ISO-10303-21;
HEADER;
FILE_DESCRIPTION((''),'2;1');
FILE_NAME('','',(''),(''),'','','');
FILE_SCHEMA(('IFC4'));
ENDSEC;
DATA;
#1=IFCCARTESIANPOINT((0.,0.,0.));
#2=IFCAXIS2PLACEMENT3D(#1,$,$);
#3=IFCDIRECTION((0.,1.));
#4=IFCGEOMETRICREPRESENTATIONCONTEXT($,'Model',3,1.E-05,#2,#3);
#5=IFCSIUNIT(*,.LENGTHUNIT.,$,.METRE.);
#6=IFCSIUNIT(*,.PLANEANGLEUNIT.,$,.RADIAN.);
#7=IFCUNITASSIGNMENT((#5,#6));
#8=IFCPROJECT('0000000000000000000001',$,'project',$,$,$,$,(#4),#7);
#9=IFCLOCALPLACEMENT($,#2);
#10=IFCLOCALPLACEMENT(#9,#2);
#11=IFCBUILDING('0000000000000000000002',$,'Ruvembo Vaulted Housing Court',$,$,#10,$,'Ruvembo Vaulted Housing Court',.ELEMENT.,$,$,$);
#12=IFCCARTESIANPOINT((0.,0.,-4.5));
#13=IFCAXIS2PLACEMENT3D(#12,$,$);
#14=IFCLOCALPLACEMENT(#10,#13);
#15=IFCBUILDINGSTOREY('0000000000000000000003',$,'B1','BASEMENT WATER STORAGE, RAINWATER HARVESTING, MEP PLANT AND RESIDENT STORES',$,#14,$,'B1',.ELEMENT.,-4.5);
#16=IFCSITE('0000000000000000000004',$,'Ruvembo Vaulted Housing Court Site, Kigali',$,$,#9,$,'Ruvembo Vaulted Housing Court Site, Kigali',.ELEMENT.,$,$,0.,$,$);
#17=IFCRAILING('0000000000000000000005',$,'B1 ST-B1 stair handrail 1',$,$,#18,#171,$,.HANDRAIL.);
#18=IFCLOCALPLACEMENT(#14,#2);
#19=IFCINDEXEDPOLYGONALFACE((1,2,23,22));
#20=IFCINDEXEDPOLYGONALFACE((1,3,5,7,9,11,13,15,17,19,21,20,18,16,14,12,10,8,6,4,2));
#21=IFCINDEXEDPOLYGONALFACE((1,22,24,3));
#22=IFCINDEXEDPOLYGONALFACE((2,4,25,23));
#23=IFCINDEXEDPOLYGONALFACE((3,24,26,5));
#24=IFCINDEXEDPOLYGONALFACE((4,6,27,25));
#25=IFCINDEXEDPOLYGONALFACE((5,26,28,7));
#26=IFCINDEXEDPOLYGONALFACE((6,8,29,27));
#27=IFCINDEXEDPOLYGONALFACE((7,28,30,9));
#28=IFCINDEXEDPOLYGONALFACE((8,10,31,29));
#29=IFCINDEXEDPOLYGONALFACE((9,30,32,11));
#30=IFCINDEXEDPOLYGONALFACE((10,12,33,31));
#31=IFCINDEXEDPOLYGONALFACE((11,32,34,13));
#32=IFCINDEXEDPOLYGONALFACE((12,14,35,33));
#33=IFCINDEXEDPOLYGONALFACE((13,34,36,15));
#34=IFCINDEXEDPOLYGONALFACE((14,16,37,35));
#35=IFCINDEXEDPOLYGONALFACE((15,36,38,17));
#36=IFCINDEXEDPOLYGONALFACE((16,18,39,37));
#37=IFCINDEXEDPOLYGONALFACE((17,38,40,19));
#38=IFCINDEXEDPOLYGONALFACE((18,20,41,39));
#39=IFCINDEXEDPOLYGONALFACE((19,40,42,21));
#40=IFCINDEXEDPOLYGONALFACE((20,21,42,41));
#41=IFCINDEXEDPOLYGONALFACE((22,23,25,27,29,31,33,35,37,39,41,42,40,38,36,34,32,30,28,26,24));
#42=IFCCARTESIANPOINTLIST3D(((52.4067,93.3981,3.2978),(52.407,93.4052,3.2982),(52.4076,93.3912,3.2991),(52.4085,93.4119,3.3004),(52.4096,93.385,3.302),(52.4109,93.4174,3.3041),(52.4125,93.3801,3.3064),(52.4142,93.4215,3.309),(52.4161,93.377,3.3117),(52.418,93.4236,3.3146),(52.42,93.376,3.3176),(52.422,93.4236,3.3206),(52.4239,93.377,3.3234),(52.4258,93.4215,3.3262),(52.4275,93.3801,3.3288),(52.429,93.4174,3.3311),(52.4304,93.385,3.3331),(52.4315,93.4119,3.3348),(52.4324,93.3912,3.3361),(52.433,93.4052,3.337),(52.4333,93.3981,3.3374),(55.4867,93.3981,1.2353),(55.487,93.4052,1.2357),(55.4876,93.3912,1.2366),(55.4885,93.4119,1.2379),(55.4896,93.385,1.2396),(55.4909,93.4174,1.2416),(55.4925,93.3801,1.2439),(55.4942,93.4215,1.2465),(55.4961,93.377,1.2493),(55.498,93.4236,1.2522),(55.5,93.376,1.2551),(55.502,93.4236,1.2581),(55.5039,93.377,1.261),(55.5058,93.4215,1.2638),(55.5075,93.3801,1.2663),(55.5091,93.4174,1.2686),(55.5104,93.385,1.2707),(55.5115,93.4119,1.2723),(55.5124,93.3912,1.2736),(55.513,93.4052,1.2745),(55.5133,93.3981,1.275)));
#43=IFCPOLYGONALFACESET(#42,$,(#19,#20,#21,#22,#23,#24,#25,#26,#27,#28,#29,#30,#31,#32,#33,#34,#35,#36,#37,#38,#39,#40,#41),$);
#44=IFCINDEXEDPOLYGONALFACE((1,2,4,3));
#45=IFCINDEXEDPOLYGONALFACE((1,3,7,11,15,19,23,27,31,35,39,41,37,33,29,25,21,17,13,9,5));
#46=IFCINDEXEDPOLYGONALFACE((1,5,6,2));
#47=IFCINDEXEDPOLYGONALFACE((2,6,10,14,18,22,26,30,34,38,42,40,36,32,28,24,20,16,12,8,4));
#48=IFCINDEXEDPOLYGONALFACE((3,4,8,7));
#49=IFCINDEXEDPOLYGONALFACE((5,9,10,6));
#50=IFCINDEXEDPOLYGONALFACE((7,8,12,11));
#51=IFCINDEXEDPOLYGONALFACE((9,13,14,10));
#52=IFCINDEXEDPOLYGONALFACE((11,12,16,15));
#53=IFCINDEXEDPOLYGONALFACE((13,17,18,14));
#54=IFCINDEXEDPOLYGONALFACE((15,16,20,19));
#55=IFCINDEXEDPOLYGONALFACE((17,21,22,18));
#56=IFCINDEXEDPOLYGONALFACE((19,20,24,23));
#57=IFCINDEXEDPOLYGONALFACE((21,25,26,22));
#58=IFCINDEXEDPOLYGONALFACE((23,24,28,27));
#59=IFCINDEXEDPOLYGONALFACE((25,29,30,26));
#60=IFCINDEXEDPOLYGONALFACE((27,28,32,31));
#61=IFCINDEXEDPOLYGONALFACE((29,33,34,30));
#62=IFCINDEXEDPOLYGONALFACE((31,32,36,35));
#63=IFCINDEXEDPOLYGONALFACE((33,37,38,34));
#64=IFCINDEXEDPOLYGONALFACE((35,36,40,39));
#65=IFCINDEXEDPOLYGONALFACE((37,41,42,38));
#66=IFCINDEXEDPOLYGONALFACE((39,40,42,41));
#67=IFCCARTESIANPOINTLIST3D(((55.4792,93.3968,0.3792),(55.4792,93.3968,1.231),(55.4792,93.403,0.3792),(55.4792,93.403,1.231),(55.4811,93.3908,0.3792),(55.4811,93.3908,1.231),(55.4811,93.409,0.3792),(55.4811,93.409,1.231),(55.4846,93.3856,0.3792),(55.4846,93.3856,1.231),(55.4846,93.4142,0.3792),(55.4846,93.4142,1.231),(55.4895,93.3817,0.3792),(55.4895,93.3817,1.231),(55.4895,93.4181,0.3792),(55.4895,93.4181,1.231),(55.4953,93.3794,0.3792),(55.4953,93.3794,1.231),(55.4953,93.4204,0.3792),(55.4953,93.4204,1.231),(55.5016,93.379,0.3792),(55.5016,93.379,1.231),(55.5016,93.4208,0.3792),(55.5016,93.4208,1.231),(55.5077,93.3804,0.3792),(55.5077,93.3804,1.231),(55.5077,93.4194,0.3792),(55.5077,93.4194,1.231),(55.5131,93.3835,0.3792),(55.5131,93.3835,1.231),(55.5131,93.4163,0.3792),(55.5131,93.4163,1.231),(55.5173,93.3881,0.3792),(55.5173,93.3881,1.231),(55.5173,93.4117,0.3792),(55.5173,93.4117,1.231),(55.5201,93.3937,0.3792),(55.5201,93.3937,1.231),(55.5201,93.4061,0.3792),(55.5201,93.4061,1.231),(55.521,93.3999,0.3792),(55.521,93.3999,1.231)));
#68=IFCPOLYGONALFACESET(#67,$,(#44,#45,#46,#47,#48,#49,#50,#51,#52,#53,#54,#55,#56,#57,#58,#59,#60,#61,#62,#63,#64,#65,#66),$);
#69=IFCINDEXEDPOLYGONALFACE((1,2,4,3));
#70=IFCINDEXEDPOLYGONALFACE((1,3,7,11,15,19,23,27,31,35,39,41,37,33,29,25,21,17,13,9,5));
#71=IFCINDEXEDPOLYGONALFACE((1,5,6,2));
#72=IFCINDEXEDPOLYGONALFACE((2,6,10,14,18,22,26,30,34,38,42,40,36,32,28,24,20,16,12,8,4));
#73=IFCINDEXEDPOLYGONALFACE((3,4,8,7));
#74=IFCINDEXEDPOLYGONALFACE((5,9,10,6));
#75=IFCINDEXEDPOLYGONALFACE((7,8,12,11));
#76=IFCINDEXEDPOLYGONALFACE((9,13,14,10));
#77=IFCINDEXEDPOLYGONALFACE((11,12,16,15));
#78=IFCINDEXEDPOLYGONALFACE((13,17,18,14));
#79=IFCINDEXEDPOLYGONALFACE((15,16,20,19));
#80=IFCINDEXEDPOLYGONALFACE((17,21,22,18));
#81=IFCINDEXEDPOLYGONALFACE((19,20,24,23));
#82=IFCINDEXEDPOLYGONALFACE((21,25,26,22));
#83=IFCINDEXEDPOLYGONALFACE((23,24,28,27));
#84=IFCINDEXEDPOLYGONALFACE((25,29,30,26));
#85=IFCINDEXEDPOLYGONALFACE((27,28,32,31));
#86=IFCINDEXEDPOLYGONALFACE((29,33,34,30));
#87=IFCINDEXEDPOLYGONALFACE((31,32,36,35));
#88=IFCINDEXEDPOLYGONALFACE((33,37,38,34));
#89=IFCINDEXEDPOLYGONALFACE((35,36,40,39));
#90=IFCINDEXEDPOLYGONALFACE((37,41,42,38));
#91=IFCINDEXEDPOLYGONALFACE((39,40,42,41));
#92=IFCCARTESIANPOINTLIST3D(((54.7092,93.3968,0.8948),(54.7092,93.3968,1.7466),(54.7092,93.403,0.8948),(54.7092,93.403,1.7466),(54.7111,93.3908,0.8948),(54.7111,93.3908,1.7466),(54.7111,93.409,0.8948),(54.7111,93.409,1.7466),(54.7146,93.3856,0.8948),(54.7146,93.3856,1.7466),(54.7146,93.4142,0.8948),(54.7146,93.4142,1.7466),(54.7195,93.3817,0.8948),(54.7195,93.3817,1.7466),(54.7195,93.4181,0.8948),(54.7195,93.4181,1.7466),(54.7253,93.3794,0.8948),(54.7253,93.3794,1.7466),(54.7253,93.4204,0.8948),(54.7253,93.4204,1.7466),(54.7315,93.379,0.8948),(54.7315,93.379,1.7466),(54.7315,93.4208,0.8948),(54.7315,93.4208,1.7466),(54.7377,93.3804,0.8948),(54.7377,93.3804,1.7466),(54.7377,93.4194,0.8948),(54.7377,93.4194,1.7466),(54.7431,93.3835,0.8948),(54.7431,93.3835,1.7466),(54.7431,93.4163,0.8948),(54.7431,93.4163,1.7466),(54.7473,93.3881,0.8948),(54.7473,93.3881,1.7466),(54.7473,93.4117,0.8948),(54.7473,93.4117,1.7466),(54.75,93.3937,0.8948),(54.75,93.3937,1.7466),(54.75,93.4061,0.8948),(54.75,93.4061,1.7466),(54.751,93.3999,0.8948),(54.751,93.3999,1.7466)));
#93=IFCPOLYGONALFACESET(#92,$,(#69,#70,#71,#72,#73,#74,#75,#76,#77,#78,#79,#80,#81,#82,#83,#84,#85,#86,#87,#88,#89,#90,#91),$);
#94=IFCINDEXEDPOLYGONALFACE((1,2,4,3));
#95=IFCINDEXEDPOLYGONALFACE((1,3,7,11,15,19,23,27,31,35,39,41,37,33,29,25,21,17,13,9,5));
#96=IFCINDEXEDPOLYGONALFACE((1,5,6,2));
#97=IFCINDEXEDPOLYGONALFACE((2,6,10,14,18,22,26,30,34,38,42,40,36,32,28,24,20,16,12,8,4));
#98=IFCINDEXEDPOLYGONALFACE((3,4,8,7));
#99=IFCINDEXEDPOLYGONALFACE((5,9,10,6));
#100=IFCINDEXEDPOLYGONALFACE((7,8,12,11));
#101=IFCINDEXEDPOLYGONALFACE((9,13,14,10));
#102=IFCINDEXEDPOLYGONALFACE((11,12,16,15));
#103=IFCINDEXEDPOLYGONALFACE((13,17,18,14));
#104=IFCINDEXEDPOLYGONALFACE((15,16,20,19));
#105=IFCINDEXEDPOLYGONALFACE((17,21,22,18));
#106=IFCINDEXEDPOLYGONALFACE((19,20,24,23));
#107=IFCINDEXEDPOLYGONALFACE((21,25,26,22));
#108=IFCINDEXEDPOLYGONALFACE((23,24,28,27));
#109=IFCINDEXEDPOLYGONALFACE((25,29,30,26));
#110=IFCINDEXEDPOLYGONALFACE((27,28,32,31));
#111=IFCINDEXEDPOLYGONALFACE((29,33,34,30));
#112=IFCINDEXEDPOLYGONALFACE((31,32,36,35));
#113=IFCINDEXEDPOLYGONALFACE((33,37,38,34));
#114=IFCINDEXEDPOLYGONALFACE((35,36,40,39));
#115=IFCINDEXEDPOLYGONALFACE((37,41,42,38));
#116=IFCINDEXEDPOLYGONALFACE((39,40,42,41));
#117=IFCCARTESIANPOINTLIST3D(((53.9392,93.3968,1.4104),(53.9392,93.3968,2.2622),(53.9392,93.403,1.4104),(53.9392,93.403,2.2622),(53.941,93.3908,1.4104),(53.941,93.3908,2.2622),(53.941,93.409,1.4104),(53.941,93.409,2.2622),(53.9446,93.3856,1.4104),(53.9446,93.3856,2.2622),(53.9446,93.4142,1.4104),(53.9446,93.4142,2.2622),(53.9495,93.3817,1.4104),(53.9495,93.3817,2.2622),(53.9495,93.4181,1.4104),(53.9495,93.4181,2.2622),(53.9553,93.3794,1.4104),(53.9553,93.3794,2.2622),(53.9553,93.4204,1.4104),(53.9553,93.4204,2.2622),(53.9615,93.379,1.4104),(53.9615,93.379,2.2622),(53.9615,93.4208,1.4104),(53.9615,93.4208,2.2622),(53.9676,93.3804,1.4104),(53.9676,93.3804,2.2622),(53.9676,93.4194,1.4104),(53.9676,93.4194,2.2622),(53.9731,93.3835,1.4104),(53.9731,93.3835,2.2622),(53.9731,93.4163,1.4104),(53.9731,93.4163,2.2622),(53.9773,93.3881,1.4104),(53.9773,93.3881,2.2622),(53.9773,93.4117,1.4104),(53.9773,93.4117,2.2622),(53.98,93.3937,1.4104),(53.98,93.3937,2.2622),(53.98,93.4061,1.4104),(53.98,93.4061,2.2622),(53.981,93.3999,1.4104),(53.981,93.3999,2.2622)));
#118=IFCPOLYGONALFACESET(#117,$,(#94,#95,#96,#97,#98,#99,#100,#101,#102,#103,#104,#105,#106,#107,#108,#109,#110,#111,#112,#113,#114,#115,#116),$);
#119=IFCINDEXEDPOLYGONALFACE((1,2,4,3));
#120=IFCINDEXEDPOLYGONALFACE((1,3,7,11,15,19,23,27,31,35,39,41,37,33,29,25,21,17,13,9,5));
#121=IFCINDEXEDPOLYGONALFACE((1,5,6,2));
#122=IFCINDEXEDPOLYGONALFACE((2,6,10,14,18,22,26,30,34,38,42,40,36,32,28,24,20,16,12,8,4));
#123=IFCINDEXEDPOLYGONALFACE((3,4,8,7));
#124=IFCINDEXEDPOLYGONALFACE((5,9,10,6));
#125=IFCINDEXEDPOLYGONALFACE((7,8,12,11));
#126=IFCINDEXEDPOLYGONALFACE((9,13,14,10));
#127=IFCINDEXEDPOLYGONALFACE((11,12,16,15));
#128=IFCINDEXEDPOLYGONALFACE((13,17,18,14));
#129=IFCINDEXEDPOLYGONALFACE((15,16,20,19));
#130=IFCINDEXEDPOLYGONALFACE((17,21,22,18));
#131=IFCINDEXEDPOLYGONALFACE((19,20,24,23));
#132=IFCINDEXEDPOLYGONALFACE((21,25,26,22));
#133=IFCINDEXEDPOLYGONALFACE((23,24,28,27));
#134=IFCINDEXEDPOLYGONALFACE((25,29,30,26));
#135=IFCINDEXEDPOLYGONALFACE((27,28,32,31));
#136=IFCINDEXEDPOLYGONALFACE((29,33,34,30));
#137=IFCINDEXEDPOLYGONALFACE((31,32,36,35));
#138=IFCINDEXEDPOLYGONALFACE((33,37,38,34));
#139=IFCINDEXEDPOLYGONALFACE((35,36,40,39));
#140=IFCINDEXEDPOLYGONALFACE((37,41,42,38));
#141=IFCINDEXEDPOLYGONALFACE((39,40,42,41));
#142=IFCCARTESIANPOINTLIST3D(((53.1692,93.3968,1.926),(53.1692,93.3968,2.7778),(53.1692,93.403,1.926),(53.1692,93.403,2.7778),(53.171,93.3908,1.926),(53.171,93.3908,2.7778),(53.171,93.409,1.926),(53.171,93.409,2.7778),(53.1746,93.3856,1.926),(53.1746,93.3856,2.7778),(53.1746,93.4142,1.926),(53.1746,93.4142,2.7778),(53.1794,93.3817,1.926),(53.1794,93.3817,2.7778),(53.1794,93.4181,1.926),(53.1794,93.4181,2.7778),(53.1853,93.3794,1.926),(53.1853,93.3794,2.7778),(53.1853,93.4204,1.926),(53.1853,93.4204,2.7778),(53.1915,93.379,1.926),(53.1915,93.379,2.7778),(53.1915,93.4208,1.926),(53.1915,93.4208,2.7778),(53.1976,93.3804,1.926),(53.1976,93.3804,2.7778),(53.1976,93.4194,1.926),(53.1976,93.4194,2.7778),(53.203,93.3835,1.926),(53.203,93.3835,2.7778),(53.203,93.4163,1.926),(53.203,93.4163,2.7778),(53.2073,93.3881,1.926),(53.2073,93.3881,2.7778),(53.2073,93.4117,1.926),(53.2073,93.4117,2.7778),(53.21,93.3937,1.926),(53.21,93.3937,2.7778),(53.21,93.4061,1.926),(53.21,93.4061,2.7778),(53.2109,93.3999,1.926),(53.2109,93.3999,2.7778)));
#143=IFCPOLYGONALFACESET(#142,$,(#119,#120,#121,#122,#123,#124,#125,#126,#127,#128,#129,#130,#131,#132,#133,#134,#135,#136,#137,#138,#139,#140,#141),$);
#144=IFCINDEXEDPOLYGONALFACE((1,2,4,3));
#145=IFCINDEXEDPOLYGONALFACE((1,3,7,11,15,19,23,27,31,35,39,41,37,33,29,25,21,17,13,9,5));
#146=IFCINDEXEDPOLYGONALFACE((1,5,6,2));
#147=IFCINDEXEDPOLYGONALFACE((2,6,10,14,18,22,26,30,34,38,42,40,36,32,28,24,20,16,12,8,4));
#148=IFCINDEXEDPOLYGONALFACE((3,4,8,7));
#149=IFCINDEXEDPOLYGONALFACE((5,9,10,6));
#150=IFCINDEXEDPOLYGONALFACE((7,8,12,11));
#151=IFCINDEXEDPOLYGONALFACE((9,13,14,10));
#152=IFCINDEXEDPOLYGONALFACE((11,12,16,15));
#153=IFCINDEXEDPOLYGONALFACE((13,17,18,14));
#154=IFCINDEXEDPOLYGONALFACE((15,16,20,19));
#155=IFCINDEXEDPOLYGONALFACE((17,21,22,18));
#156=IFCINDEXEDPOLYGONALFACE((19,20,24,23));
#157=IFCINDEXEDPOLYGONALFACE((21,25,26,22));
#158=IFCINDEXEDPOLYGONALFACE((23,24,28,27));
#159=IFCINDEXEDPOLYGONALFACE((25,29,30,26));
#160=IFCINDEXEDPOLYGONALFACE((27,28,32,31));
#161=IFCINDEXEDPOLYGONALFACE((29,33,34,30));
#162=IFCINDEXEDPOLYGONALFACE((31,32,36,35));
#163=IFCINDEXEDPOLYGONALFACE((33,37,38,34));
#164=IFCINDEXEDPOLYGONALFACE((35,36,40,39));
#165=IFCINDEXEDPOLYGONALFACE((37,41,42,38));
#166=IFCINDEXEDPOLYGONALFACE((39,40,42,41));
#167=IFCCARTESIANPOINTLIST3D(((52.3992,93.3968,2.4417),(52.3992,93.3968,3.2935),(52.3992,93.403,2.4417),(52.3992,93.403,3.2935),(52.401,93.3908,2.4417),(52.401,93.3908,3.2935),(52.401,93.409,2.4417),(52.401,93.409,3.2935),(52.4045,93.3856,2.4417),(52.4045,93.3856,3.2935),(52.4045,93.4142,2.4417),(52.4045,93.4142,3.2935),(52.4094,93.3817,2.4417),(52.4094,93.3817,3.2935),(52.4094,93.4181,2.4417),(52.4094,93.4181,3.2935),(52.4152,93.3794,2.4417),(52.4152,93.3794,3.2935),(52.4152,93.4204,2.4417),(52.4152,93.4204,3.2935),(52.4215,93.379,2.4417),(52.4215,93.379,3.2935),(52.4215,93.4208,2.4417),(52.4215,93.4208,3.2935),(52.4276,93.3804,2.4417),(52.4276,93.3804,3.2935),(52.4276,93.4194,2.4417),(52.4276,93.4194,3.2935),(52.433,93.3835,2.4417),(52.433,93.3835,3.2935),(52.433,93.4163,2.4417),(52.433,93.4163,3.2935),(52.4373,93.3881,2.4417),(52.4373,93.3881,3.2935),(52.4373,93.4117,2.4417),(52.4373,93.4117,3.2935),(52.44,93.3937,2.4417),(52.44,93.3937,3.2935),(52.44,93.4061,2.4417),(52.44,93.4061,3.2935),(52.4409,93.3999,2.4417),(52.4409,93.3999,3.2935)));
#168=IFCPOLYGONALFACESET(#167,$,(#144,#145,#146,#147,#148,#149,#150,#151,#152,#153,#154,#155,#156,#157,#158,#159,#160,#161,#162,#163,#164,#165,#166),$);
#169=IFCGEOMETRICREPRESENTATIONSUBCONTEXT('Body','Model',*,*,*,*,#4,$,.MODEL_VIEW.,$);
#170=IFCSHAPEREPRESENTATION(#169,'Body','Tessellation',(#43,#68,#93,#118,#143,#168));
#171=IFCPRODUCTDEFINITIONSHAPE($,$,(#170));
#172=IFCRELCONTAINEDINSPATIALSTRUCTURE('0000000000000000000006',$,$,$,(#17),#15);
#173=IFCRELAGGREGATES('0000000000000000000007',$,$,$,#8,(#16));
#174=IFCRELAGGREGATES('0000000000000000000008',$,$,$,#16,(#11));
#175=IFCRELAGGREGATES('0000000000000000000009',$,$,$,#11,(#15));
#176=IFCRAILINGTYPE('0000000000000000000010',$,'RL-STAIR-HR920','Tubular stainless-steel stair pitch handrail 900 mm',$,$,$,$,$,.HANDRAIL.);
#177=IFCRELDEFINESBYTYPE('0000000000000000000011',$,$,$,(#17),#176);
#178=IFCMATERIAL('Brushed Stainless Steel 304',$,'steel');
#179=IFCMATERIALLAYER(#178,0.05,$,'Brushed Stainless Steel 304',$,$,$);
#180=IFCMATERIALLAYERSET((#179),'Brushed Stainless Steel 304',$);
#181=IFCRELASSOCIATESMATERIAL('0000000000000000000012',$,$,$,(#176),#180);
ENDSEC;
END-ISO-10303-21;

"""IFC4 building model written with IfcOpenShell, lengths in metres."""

from ifc_helpers import new_model, si_unit, direction, frame, origin, origin_2d, place, context, subcontext, project, spatial, circle, extrude, material, layer, layer_set, type_object, element, save


model = new_model("IFC4")

# Units and contexts
model_context = context("Model", 3, precision=1e-05, world=origin(), true_north=direction((0.0, 1.0)))
body_context = subcontext(model_context, "Body", "Model", "MODEL_VIEW")
ifc_project = project(units=[si_unit("LENGTHUNIT", "METRE"), si_unit("PLANEANGLEUNIT", "RADIAN")], contexts=[model_context])

# Site, building, storey
site_placement = place(None, origin())
site = spatial("IfcSite", under=ifc_project, at=site_placement, Name="Ruvembo Vaulted Housing Court Site, Kigali", LongName="Ruvembo Vaulted Housing Court Site, Kigali", CompositionType="ELEMENT", RefElevation=0.0)
building_placement = place(site_placement, origin())
building = spatial("IfcBuilding", under=site, at=building_placement, Name="Ruvembo Vaulted Housing Court", LongName="Ruvembo Vaulted Housing Court", CompositionType="ELEMENT")
storey_placement = place(building_placement, frame((0.0, 0.0, -4.5)))
storey = spatial("IfcBuildingStorey", under=building, at=storey_placement, Name="B1", Description="BASEMENT WATER STORAGE, RAINWATER HARVESTING, MEP PLANT AND RESIDENT STORES", LongName="B1", CompositionType="ELEMENT", Elevation=-4.5)

# Shared definitions
ifc_material_1 = material(Name="Brushed Stainless Steel 304", Category="steel")

# Railing
ifc_layer_1 = layer(ifc_material_1, 0.05, Name="Brushed Stainless Steel 304")
ifc_layer_set_1 = layer_set([ifc_layer_1], Name="Brushed Stainless Steel 304")
railing_type_1 = type_object("IfcRailingType", Name="RL-STAIR-HR920", Description="Tubular stainless-steel stair pitch handrail 900 mm", PredefinedType="HANDRAIL", material=ifc_layer_set_1)
railing_1_placement = place(storey_placement, frame((55.5, 93.3999, 0.3792)))
element("IfcRailing", 1, at=railing_1_placement, inside=storey, type_object=railing_type_1, Name="B1 ST-B1 stair handrail 1", PredefinedType="HANDRAIL", context=body_context, shape_type="SweptSolid", body=[
    extrude(circle(Radius=0.0239, at=origin_2d()), frame((0.0, 0.0, 0.876), z_axis=(-0.830914, 0.0, 0.556401), x_axis=(0.0, -1.0, 0.0)), (0.0, 0.0, 1.0), 3.7068),
    extrude(circle(Radius=0.021, at=origin_2d()), origin(), (0.0, 0.0, 1.0), 0.8518),
    extrude(circle(Radius=0.021, at=origin_2d()), frame((-0.77, 0.0, 0.5156)), (0.0, 0.0, 1.0), 0.8518),
    extrude(circle(Radius=0.021, at=origin_2d()), frame((-1.54, 0.0, 1.0312)), (0.0, 0.0, 1.0), 0.8518),
    extrude(circle(Radius=0.021, at=origin_2d()), frame((-2.3101, 0.0, 1.5469)), (0.0, 0.0, 1.0), 0.8518),
    extrude(circle(Radius=0.021, at=origin_2d()), frame((-3.0801, 0.0, 2.0625)), (0.0, 0.0, 1.0), 0.8518),
])

save(model, "model.ifc")
